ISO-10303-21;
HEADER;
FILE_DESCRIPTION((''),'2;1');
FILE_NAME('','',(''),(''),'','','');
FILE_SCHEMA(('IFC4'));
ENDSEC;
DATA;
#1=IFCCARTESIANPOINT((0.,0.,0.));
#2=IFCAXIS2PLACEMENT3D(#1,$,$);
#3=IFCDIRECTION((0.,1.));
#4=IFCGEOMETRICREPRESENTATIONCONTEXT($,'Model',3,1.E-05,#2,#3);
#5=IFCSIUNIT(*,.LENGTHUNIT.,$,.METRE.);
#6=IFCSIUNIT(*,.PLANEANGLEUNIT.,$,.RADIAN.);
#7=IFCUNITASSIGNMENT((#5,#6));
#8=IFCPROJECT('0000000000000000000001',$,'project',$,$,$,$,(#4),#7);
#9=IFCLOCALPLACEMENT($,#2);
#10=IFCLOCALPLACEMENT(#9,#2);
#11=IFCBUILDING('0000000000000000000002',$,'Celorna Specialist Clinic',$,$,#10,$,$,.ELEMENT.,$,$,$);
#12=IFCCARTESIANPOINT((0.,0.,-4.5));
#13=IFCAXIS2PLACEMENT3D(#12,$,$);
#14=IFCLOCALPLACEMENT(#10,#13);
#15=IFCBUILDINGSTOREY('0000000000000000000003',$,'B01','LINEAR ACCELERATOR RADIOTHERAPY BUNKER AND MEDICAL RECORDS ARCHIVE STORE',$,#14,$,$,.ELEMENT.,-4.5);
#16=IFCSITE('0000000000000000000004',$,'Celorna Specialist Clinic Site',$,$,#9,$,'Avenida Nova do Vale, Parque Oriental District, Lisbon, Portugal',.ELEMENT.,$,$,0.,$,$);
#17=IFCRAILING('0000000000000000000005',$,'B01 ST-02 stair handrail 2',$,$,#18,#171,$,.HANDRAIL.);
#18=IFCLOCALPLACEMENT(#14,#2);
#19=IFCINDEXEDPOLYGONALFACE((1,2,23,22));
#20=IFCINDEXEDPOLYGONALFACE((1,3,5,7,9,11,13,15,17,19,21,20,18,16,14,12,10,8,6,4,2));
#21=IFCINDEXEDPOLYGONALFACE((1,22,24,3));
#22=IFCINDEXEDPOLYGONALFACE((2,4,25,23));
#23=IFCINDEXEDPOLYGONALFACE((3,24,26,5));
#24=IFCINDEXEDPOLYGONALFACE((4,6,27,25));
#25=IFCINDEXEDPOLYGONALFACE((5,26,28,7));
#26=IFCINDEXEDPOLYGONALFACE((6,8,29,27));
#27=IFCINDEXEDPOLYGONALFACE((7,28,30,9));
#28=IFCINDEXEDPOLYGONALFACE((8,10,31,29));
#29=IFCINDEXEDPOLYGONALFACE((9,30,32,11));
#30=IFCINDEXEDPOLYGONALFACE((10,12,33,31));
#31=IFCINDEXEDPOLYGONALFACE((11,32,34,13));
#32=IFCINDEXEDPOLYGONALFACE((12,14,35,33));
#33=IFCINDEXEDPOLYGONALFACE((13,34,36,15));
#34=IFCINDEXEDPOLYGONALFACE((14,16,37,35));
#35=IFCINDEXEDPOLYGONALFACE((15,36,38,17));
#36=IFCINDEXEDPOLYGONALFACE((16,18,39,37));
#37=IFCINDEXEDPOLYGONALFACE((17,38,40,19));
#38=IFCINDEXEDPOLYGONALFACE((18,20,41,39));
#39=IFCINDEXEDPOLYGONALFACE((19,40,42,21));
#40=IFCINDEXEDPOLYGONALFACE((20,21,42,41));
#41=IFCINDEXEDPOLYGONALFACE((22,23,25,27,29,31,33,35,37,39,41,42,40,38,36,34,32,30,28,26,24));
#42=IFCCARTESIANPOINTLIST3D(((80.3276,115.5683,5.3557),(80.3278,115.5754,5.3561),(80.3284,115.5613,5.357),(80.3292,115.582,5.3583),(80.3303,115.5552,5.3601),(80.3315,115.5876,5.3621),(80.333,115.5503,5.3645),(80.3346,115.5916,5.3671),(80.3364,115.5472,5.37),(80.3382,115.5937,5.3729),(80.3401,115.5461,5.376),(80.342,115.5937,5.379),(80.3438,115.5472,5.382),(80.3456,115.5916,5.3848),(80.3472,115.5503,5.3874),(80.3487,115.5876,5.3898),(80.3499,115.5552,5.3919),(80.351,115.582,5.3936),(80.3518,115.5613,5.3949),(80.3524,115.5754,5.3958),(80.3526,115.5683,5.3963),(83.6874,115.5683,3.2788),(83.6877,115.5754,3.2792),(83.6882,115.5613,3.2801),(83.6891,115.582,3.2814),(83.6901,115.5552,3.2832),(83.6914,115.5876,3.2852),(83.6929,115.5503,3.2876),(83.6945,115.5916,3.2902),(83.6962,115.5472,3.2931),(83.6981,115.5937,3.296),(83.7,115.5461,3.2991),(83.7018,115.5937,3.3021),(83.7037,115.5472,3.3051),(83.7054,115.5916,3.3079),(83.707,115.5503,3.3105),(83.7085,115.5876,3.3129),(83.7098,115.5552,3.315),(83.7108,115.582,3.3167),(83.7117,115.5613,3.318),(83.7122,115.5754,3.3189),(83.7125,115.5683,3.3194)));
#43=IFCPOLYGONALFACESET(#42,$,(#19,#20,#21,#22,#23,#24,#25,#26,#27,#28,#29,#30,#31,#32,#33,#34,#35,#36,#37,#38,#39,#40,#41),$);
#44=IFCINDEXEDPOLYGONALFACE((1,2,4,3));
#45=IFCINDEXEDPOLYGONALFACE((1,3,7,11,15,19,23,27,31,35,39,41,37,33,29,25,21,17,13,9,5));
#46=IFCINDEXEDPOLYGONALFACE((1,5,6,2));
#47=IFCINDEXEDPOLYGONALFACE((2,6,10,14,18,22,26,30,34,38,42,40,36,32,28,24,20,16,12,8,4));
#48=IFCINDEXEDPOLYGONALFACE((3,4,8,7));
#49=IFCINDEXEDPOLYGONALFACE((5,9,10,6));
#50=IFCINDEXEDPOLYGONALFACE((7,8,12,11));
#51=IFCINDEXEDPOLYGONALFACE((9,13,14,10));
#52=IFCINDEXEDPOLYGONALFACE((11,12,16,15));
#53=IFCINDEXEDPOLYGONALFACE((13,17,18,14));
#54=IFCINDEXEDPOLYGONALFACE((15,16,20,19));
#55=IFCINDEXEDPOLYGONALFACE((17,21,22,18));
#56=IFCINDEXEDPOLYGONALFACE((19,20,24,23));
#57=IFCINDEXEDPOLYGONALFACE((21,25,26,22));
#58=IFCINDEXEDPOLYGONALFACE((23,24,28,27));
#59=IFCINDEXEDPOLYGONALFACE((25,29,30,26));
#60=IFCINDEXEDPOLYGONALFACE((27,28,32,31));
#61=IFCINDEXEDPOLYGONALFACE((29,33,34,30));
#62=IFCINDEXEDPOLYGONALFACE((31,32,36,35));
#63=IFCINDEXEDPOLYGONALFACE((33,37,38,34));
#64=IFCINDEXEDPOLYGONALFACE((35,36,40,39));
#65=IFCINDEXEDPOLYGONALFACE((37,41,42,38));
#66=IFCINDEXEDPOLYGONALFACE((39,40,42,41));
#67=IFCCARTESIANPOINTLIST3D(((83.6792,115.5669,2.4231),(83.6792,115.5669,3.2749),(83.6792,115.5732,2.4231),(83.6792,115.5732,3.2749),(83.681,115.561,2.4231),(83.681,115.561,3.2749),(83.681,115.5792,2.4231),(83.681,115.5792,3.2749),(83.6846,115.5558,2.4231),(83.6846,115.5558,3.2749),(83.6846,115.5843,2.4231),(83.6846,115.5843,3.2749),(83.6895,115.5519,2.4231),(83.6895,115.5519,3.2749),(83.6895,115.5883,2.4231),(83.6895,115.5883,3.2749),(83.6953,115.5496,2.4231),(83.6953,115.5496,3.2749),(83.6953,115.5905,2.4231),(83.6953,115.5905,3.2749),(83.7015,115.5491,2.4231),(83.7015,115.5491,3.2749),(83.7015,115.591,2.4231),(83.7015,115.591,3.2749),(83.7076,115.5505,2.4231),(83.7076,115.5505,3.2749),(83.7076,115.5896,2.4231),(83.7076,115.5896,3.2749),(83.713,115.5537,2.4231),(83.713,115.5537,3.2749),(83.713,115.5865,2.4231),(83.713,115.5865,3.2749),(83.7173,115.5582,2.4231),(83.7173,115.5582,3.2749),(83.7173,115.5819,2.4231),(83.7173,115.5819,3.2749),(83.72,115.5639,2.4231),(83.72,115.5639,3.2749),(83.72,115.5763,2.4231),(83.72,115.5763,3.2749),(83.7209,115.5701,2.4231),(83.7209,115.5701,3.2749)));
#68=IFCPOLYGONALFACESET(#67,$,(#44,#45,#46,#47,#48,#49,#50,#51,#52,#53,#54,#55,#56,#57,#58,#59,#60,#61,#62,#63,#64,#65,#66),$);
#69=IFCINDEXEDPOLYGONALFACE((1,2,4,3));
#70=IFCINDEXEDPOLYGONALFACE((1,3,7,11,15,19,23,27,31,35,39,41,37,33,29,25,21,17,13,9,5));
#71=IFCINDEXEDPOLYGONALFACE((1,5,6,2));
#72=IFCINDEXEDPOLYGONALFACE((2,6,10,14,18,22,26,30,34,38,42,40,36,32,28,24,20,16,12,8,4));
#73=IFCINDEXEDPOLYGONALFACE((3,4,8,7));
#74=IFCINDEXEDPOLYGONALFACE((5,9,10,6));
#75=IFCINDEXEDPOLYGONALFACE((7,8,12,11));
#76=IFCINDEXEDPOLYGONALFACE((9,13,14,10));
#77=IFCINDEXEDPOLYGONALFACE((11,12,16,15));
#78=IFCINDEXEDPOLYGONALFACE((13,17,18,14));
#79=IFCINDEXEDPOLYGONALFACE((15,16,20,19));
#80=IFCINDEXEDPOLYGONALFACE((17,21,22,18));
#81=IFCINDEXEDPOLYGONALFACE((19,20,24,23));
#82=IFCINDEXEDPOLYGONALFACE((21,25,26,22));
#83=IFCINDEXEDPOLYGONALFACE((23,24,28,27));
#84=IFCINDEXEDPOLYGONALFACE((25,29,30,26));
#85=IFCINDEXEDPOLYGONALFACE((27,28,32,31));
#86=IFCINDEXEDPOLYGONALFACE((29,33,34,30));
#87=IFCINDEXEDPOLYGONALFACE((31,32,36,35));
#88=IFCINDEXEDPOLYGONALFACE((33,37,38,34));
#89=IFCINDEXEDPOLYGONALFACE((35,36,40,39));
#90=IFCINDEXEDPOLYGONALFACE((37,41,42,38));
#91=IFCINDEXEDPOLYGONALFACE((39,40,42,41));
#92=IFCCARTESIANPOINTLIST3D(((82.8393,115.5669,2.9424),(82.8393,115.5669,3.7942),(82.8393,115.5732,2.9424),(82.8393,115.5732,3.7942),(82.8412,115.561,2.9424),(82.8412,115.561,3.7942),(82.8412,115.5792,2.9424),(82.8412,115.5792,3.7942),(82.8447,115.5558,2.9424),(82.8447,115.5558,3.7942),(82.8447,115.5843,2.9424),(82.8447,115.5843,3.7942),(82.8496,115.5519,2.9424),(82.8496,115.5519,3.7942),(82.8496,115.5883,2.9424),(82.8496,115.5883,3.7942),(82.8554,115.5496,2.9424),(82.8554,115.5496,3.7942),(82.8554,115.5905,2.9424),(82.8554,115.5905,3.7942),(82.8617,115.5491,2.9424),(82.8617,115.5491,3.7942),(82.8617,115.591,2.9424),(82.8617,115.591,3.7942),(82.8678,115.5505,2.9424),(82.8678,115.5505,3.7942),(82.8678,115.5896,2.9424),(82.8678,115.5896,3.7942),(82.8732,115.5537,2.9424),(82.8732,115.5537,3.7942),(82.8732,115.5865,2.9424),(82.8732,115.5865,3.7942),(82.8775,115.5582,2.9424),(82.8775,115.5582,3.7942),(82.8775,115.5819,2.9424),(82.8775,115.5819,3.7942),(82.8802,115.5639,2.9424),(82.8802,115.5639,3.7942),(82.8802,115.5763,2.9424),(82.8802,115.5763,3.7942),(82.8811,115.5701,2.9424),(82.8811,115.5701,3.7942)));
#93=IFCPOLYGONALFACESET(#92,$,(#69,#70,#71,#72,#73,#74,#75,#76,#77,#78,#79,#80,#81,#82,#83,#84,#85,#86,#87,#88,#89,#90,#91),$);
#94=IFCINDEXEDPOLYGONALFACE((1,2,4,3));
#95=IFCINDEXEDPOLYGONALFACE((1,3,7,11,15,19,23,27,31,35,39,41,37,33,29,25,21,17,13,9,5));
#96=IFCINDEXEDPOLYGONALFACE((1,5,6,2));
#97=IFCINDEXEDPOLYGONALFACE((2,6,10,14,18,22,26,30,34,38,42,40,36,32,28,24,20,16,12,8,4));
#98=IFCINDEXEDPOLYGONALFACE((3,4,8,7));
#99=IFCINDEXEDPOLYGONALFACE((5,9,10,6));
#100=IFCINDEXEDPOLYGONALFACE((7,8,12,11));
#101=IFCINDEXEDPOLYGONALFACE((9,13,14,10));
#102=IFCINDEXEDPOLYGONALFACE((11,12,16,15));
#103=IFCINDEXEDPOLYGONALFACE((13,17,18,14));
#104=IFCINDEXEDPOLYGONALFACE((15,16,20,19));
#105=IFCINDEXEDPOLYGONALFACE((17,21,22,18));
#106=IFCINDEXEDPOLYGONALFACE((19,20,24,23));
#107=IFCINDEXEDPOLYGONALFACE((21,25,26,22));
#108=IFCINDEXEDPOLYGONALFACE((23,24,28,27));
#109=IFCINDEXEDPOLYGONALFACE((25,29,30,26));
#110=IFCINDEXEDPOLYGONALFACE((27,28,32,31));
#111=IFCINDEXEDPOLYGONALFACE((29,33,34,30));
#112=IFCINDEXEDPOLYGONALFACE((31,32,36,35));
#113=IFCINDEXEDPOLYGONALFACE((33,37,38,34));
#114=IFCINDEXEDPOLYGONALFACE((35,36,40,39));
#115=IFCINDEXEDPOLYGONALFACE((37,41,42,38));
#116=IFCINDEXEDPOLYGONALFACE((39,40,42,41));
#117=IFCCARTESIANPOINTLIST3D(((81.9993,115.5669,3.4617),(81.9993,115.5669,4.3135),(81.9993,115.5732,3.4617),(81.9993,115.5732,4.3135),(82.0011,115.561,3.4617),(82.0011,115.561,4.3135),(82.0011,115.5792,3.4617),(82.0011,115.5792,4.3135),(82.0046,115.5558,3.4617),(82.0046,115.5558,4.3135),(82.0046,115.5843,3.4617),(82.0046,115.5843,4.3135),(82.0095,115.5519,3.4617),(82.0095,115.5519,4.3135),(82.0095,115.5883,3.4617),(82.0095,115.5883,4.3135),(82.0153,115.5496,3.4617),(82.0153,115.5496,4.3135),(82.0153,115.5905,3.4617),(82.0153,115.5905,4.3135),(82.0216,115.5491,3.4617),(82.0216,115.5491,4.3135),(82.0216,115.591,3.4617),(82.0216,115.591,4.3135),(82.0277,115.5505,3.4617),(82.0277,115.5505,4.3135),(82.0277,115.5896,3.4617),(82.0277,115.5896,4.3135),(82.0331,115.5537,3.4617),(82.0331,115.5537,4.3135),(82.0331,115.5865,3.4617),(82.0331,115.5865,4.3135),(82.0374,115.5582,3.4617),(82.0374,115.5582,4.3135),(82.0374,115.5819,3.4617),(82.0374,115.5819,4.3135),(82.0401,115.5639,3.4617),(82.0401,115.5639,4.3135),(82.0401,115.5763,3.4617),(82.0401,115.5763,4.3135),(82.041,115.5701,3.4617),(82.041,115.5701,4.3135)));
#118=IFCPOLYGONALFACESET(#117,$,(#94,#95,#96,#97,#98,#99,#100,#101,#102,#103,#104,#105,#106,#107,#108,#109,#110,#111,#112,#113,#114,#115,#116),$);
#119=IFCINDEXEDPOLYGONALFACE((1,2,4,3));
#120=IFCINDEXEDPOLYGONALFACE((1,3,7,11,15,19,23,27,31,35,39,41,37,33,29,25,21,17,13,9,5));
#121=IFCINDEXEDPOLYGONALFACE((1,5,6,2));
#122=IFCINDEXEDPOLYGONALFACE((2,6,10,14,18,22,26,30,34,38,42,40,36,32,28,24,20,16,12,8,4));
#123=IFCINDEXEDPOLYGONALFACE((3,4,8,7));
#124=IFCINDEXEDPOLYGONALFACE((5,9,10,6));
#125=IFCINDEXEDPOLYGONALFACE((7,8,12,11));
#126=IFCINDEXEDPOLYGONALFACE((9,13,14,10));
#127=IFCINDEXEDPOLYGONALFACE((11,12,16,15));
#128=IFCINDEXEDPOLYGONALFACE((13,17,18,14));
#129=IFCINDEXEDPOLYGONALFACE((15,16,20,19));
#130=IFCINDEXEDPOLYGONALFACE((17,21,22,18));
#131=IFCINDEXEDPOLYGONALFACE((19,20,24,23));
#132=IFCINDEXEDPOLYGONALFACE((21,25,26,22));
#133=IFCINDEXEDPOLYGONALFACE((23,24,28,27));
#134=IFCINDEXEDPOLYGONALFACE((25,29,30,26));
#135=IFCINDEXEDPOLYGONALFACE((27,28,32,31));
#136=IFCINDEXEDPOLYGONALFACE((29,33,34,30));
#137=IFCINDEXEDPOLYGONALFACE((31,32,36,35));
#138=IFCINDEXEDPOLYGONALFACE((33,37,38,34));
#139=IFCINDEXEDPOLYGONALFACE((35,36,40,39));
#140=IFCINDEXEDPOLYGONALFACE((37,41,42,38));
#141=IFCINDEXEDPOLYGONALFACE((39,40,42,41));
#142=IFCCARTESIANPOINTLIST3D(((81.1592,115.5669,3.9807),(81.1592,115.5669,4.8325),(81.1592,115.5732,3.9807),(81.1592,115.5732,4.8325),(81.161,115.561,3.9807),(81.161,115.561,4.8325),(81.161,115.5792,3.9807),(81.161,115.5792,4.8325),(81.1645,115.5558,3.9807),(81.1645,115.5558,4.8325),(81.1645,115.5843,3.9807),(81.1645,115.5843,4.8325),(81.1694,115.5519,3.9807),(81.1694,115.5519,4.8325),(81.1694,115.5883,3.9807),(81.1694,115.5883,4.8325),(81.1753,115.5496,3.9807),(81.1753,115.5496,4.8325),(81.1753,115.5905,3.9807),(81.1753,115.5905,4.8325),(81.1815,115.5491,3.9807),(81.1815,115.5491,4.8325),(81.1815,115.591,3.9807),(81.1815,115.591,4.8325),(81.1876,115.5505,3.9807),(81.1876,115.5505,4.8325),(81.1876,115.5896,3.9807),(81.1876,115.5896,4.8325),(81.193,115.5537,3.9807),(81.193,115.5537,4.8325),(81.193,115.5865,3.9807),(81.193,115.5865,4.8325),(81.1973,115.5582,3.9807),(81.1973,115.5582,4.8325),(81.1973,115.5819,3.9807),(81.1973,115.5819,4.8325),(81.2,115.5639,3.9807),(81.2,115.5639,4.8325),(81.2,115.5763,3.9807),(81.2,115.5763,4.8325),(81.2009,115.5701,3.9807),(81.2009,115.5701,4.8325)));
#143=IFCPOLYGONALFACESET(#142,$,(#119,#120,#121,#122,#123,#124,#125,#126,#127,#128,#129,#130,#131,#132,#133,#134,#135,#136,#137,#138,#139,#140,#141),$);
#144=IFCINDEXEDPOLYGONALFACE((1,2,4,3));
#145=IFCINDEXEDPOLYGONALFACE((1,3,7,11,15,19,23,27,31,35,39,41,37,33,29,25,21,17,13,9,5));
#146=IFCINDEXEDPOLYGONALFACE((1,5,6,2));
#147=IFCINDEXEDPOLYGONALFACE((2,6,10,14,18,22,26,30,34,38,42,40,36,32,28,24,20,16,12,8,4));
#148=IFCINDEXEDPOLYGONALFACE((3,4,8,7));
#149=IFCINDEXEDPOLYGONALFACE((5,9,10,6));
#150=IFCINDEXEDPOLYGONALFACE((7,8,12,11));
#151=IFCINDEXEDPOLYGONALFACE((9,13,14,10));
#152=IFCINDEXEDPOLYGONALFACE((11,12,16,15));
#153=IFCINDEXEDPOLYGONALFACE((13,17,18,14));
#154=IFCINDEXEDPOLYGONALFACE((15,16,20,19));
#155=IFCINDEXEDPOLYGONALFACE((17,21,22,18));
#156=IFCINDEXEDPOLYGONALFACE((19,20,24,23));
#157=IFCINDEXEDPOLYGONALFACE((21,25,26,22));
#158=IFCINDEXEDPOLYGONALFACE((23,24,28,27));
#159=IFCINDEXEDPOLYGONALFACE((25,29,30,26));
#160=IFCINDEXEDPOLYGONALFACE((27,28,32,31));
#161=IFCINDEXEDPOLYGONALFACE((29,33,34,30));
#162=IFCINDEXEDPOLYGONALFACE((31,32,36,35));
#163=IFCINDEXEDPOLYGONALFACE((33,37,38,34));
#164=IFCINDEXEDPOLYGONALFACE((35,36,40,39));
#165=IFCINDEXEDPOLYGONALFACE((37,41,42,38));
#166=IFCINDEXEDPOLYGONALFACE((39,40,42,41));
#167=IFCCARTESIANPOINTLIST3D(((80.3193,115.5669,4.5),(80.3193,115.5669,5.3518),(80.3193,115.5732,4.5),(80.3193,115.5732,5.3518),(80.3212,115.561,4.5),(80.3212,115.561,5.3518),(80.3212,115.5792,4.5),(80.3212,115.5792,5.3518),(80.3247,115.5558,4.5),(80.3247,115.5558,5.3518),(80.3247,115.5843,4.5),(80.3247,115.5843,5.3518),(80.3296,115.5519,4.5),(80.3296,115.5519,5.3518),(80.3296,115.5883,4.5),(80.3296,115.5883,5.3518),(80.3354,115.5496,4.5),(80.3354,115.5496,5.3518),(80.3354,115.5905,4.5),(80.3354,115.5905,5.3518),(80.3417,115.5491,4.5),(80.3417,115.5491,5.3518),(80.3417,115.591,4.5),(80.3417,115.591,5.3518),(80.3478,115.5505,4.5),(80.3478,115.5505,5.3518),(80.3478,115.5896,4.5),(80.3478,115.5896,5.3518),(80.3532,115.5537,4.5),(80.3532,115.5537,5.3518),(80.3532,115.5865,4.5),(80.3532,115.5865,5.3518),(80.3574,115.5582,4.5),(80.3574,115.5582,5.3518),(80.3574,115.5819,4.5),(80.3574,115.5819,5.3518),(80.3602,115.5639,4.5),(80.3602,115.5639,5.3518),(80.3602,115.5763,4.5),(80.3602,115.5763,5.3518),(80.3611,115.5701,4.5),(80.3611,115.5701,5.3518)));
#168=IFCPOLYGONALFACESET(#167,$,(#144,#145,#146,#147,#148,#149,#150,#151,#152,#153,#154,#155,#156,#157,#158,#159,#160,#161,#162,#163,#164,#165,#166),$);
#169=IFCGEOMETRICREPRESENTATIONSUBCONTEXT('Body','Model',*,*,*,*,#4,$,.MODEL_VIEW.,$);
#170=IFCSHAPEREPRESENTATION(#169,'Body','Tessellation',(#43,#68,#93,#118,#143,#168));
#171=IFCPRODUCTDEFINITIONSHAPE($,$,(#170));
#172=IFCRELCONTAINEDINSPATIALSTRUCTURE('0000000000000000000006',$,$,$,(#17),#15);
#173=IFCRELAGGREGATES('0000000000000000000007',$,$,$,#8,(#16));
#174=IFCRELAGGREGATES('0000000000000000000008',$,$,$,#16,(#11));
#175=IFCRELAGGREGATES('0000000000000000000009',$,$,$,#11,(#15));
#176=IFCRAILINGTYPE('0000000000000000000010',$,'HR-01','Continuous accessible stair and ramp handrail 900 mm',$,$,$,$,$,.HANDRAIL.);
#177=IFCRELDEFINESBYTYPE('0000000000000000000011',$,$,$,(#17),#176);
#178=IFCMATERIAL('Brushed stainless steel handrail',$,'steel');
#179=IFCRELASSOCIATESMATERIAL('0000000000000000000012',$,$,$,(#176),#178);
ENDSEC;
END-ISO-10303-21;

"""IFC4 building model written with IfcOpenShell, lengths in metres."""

from ifc_helpers import new_model, si_unit, direction, frame, origin, origin_2d, place, context, subcontext, project, spatial, circle, extrude, material, type_object, element, save


model = new_model("IFC4")

# Units and contexts
model_context = context("Model", 3, precision=1e-05, world=origin(), true_north=direction((0.0, 1.0)))
body_context = subcontext(model_context, "Body", "Model", "MODEL_VIEW")
ifc_project = project(units=[si_unit("LENGTHUNIT", "METRE"), si_unit("PLANEANGLEUNIT", "RADIAN")], contexts=[model_context])

# Site, building, storey
site_placement = place(None, origin())
site = spatial("IfcSite", under=ifc_project, at=site_placement, Name="Celorna Specialist Clinic Site", LongName="Avenida Nova do Vale, Parque Oriental District, Lisbon, Portugal", CompositionType="ELEMENT", RefElevation=0.0)
building_placement = place(site_placement, origin())
building = spatial("IfcBuilding", under=site, at=building_placement, Name="Celorna Specialist Clinic", CompositionType="ELEMENT")
storey_placement = place(building_placement, frame((0.0, 0.0, -4.5)))
storey = spatial("IfcBuildingStorey", under=building, at=storey_placement, Name="B01", Description="LINEAR ACCELERATOR RADIOTHERAPY BUNKER AND MEDICAL RECORDS ARCHIVE STORE", CompositionType="ELEMENT", Elevation=-4.5)

# Railing
ifc_material_1 = material(Name="Brushed stainless steel handrail", Category="steel")
railing_type_1 = type_object("IfcRailingType", Name="HR-01", Description="Continuous accessible stair and ramp handrail 900 mm", PredefinedType="HANDRAIL", material=ifc_material_1)
railing_1_placement = place(storey_placement, frame((83.7, 115.5701, 2.4231)))
element("IfcRailing", 1, at=railing_1_placement, inside=storey, type_object=railing_type_1, Name="B01 ST-02 stair handrail 2", PredefinedType="HANDRAIL", context=body_context, shape_type="SweptSolid", body=[
    extrude(circle(Radius=0.0239, at=origin_2d()), frame((0.0, 0.0, 0.876), z_axis=(-0.850606, 0.0, 0.525803), x_axis=(0.0, -1.0, 0.0)), (0.0, 0.0, 1.0), 3.95),
    extrude(circle(Radius=0.021, at=origin_2d()), origin(), (0.0, 0.0, 1.0), 0.8518),
    extrude(circle(Radius=0.021, at=origin_2d()), frame((-0.8398, 0.0, 0.5193)), (0.0, 0.0, 1.0), 0.8518),
    extrude(circle(Radius=0.021, at=origin_2d()), frame((-1.6799, 0.0, 1.0386)), (0.0, 0.0, 1.0), 0.8518),
    extrude(circle(Radius=0.021, at=origin_2d()), frame((-2.52, 0.0, 1.5576)), (0.0, 0.0, 1.0), 0.8518),
    extrude(circle(Radius=0.021, at=origin_2d()), frame((-3.3599, 0.0, 2.0769)), (0.0, 0.0, 1.0), 0.8518),
])

save(model, "model.ifc")
